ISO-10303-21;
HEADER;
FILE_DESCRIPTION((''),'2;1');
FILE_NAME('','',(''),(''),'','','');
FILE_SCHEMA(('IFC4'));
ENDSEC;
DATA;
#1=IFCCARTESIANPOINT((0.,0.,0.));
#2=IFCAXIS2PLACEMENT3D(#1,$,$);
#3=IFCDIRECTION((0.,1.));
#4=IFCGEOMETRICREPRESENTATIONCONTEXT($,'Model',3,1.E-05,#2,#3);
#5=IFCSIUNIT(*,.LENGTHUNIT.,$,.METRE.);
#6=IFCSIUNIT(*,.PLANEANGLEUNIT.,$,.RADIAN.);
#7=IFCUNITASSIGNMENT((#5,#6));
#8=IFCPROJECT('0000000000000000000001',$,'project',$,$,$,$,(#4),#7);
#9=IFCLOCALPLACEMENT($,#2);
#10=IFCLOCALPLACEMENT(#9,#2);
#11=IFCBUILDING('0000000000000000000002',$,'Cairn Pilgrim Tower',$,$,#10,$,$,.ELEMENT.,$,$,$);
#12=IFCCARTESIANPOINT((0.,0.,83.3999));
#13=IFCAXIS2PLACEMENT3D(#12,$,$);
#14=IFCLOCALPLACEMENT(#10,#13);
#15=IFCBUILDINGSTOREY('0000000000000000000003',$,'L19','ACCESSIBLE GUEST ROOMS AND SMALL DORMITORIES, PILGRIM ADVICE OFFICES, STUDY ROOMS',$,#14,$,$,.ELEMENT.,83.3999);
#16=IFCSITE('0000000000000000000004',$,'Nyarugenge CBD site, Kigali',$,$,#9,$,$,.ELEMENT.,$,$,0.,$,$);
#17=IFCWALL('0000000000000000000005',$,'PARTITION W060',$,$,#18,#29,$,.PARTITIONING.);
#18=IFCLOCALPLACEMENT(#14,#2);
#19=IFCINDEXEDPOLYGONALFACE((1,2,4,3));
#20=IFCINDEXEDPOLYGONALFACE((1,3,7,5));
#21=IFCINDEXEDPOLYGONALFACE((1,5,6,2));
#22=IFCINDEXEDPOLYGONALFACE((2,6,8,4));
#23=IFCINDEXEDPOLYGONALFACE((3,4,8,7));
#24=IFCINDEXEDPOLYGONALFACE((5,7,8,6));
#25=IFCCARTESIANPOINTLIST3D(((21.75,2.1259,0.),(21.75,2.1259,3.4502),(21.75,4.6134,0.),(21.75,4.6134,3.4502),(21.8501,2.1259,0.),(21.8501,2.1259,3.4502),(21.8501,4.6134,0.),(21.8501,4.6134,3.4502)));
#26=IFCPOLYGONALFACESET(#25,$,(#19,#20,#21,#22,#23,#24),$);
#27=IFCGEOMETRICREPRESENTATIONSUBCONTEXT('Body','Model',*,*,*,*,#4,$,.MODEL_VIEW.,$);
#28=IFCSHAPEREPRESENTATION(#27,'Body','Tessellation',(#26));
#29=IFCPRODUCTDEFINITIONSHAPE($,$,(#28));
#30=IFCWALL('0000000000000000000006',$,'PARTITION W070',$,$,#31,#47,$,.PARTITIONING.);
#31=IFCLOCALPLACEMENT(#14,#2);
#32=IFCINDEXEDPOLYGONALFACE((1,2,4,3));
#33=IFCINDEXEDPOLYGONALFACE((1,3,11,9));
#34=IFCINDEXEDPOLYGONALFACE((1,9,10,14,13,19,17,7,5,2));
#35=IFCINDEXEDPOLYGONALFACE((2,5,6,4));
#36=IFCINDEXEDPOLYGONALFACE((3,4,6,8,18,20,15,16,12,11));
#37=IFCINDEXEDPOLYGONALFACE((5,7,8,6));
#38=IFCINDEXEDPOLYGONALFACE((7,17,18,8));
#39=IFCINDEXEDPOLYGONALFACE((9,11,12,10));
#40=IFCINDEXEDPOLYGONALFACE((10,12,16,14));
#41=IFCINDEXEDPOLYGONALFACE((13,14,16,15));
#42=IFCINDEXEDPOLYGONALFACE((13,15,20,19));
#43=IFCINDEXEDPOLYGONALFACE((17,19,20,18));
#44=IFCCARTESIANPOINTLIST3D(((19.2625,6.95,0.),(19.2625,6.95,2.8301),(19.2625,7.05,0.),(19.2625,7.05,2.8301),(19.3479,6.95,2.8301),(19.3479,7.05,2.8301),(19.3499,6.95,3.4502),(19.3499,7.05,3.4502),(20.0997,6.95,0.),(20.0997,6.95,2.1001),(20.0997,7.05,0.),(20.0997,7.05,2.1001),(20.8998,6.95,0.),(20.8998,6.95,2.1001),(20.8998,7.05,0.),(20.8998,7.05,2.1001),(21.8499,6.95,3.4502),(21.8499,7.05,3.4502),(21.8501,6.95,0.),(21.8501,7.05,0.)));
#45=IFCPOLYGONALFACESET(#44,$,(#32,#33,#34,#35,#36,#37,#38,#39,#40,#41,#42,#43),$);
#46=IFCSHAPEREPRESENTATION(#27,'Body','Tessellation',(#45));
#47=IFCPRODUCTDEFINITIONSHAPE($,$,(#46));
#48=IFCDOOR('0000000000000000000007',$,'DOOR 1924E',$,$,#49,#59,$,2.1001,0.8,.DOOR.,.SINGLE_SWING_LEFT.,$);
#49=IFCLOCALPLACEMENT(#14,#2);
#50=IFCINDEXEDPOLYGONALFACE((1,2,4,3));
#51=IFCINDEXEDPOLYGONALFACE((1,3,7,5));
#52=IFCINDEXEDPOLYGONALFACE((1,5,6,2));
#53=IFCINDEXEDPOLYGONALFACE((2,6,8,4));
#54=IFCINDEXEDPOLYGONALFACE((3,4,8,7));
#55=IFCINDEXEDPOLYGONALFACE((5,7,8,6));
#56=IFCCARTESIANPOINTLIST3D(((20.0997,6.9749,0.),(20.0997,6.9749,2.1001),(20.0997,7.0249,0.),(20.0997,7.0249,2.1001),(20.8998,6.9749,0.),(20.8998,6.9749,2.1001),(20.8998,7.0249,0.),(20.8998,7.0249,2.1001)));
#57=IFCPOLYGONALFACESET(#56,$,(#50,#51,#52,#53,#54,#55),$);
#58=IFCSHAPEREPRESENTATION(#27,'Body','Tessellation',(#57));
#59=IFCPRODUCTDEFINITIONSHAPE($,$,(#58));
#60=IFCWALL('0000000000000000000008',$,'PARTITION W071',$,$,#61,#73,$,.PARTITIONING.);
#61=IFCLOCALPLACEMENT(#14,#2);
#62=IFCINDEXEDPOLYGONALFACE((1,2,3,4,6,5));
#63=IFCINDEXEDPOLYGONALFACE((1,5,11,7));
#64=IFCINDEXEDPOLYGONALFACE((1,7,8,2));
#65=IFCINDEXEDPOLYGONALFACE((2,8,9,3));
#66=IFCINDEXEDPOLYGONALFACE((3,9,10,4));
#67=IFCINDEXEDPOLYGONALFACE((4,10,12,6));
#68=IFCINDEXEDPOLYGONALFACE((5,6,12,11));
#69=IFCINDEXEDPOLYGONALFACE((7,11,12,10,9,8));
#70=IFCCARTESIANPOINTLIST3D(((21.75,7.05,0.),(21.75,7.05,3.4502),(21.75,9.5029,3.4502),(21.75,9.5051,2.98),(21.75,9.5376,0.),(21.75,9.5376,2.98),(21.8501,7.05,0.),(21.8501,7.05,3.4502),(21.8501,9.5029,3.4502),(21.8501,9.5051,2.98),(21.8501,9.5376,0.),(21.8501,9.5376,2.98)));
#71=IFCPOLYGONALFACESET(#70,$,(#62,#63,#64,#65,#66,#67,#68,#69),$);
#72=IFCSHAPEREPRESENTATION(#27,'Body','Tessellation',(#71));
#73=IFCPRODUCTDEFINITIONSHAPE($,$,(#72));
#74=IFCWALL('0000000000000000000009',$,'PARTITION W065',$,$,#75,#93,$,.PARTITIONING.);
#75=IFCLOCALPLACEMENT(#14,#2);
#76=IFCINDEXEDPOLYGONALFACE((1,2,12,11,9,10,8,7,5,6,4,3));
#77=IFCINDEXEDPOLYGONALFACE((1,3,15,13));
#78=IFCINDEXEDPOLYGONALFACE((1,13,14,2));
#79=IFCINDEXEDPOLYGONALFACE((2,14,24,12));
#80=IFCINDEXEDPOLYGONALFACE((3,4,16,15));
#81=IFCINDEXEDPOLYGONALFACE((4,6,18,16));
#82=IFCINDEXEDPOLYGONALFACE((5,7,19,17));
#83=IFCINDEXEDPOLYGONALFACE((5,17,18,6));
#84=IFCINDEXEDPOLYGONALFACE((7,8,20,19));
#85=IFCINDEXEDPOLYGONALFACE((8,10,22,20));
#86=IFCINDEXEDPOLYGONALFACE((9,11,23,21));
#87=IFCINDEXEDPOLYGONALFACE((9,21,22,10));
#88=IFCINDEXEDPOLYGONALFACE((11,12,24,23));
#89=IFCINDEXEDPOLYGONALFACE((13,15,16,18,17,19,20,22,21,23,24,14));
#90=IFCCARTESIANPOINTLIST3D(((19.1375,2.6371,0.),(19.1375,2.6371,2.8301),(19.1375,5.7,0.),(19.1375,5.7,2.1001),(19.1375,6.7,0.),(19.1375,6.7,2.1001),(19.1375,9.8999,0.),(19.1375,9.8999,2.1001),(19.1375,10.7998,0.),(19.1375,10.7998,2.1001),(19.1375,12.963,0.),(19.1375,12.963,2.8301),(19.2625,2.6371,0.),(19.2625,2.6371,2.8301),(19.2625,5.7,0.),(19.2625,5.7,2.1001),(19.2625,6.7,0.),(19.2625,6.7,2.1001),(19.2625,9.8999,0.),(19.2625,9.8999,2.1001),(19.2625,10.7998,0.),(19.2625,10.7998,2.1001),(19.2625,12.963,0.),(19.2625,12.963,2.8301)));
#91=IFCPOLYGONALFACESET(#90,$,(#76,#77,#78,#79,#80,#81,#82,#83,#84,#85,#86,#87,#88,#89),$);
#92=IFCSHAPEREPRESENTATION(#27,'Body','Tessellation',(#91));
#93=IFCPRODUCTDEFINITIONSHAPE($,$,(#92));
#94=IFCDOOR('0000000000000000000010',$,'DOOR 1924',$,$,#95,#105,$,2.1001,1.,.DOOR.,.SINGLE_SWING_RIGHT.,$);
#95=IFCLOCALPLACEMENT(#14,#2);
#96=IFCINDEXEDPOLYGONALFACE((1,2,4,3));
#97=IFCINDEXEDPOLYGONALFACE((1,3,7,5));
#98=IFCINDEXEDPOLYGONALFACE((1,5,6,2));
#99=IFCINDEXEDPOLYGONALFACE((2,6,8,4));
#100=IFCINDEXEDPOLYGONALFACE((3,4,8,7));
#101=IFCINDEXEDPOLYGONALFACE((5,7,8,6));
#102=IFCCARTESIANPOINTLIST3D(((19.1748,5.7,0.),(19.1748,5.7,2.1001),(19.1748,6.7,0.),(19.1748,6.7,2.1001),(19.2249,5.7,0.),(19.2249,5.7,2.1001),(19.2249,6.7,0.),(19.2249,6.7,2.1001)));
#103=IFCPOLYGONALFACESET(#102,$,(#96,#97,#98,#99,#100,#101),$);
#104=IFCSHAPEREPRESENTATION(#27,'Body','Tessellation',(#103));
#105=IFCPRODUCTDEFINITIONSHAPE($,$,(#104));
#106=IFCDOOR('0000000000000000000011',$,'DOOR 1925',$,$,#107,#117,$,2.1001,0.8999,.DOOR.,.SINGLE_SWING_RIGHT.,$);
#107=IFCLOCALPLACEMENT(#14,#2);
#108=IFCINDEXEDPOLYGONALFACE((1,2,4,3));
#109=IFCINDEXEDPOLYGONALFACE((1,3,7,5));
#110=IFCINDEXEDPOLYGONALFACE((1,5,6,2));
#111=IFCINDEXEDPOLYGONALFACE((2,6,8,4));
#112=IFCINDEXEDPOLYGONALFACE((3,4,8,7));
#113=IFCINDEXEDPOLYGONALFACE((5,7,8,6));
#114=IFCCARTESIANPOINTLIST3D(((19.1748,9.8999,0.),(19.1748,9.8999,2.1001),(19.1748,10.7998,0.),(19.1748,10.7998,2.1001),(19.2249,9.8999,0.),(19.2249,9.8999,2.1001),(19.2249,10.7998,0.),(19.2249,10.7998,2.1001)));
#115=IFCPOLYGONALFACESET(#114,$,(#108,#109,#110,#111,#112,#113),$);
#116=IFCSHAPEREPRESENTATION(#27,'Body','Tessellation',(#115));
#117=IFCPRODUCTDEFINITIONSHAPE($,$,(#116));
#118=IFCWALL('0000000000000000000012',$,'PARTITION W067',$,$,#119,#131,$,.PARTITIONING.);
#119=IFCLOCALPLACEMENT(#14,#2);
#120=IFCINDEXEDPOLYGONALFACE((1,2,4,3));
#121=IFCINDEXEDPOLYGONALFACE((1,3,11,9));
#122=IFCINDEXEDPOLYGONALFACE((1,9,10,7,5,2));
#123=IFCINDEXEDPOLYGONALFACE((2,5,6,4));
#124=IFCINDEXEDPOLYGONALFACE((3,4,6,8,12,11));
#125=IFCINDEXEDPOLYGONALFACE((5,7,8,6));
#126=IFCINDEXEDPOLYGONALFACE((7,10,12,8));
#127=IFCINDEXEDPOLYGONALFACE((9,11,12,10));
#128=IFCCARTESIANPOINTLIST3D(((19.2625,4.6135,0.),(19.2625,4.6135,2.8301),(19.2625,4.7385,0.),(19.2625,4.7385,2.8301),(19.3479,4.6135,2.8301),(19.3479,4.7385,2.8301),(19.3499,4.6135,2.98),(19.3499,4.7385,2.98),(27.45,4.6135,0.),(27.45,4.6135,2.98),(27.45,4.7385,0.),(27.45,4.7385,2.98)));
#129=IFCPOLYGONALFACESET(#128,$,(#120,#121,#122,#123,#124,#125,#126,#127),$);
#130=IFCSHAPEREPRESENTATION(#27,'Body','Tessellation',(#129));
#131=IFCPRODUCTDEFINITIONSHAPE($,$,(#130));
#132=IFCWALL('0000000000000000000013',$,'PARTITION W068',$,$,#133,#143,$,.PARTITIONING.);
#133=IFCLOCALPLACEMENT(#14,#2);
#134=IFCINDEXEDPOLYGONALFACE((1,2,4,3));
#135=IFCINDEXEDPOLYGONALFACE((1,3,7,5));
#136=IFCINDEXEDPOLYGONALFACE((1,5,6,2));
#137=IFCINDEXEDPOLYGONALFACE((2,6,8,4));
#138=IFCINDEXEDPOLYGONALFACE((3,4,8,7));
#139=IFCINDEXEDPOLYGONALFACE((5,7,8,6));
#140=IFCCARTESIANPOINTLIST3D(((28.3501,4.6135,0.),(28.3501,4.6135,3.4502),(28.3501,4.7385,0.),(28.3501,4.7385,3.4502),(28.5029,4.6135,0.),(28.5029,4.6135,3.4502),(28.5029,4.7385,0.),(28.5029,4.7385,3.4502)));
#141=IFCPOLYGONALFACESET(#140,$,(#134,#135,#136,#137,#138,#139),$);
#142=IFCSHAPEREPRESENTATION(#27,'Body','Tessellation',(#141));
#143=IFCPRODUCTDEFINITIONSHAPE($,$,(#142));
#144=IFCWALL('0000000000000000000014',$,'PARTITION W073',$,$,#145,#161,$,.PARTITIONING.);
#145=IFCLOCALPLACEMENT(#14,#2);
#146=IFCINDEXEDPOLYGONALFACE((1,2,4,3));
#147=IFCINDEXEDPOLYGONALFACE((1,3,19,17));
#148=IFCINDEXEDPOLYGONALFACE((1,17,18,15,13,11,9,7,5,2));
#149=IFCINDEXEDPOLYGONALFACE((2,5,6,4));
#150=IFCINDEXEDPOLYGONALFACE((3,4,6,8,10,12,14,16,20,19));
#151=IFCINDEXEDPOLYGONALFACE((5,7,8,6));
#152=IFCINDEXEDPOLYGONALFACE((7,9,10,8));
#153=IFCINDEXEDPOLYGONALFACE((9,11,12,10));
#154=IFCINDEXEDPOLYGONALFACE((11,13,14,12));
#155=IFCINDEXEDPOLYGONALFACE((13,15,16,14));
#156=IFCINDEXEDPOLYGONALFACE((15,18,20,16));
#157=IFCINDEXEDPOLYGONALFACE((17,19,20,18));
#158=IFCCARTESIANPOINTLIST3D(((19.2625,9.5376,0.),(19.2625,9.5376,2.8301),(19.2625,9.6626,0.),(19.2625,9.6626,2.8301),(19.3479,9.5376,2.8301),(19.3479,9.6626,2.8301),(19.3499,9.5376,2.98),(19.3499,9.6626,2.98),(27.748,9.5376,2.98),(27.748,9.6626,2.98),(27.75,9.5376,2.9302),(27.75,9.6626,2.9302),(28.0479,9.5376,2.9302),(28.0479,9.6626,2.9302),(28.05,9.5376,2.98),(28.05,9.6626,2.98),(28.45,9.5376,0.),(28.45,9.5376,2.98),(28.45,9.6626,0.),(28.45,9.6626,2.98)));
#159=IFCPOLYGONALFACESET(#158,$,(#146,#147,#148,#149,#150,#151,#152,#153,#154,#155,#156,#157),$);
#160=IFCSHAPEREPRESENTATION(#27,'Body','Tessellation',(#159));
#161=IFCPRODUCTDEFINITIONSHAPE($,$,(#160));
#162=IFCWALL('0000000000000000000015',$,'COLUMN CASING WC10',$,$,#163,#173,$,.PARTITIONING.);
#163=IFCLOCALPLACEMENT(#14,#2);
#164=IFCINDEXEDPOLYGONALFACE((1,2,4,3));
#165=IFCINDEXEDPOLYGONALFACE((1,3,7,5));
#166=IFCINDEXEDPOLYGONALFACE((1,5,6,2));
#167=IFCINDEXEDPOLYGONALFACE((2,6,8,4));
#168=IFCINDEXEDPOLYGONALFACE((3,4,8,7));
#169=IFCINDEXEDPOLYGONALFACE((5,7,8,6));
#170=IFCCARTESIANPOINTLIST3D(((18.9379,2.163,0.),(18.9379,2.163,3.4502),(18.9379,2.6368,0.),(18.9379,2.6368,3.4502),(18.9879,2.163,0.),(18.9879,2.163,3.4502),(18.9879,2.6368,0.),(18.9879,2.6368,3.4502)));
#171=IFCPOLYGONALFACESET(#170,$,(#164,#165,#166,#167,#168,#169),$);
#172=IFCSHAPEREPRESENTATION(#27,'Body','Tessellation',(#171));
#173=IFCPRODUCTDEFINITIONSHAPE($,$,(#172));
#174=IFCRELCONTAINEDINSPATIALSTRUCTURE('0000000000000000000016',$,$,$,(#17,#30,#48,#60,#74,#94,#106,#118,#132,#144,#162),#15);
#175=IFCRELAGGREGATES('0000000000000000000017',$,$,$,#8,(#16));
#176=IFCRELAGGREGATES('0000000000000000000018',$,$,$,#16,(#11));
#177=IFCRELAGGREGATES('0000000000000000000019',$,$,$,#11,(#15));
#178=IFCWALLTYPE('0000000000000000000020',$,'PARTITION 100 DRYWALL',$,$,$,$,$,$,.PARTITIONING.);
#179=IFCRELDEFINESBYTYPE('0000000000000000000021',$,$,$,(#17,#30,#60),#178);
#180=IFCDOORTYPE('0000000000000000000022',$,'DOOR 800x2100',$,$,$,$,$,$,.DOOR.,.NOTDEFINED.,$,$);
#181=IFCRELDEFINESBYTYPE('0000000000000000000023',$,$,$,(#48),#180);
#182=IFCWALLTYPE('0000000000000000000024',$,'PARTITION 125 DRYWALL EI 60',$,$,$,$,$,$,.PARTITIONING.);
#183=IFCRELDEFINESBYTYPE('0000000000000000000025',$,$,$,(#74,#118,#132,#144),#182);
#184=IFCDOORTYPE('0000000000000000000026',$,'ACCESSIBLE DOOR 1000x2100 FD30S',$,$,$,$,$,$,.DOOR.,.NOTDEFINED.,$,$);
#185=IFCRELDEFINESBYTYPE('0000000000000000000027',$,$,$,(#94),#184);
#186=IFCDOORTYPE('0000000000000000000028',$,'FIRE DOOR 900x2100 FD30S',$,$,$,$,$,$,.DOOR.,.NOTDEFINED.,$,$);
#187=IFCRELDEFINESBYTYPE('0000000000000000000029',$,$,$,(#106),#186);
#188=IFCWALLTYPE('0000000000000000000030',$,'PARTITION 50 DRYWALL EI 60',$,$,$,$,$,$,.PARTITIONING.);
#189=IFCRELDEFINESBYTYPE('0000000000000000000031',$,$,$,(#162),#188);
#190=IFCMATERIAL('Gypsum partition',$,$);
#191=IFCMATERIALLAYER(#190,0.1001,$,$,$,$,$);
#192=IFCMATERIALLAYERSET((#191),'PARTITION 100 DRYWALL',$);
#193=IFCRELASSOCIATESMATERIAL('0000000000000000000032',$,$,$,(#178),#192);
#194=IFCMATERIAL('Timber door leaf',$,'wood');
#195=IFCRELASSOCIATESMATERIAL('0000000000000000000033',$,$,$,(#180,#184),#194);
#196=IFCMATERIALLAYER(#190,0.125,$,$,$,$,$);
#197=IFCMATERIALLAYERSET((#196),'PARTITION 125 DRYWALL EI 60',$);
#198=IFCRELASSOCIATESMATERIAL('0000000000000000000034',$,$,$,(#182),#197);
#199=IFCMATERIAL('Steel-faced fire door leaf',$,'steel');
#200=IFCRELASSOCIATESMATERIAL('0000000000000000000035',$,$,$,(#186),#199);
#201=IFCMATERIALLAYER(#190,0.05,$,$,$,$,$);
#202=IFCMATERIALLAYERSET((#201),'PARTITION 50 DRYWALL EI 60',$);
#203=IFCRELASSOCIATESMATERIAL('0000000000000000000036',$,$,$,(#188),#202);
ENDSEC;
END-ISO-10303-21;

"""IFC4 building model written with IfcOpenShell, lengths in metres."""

from ifc_helpers import new_model, si_unit, direction, frame, frame_2d, origin, place, context, subcontext, project, spatial, polyline, rectangle, outline, extrude, material, layer, layer_set, type_object, element, fill, save


model = new_model("IFC4")

# Units and contexts
model_context = context("Model", 3, precision=1e-05, world=origin(), true_north=direction((0.0, 1.0)))
body_context = subcontext(model_context, "Body", "Model", "MODEL_VIEW")
ifc_project = project(units=[si_unit("LENGTHUNIT", "METRE"), si_unit("PLANEANGLEUNIT", "RADIAN")], contexts=[model_context])

# Site, building, storey
site_placement = place(None, origin())
site = spatial("IfcSite", under=ifc_project, at=site_placement, Name="Nyarugenge CBD site, Kigali", CompositionType="ELEMENT", RefElevation=0.0)
building_placement = place(site_placement, origin())
building = spatial("IfcBuilding", under=site, at=building_placement, Name="Cairn Pilgrim Tower", CompositionType="ELEMENT")
storey_placement = place(building_placement, frame((0.0, 0.0, 83.3999)))
storey = spatial("IfcBuildingStorey", under=building, at=storey_placement, Name="L19", Description="ACCESSIBLE GUEST ROOMS AND SMALL DORMITORIES, PILGRIM ADVICE OFFICES, STUDY ROOMS", CompositionType="ELEMENT", Elevation=83.3999)

# Shared definitions
ifc_material_1 = material(Name="Gypsum partition")
ifc_layer_1 = layer(ifc_material_1, 0.1001)
ifc_layer_set_1 = layer_set([ifc_layer_1], Name="PARTITION 100 DRYWALL")
wall_type_1 = type_object("IfcWallType", Name="PARTITION 100 DRYWALL", PredefinedType="PARTITIONING", material=ifc_layer_set_1)
ifc_material_2 = material(Name="Timber door leaf", Category="wood")
door_type_1 = type_object("IfcDoorType", Name="DOOR 800x2100", OperationType="NOTDEFINED", PredefinedType="DOOR", material=ifc_material_2)

# Wall
wall_1_placement = place(storey_placement, frame((21.8, 2.126, 0.0), z_axis=(0.0, 0.0, 1.0), x_axis=(0.0, 1.0, 0.0)))
element("IfcWall", 1, at=wall_1_placement, inside=storey, type_object=wall_type_1, Name="PARTITION W060", PredefinedType="PARTITIONING", context=body_context, shape_type="SweptSolid", body=[
    extrude(rectangle(XDim=2.4875, YDim=0.1001, at=frame_2d((1.2437, 0.0))), origin(), (0.0, 0.0, 1.0), 3.4502),
])

# Wall, opening, door
wall_2_placement = place(storey_placement, frame((19.2625, 7.0, 0.0), z_axis=(0.0, 0.0, 1.0), x_axis=(1.0, 0.0, 0.0)))
wall_2 = element("IfcWall", 2, at=wall_2_placement, inside=storey, type_object=wall_type_1, Name="PARTITION W070", PredefinedType="PARTITIONING", context=body_context, shape_type="SweptSolid", body=[
    extrude(outline(polyline([(0.0, 0.0), (2.5876, 0.0), (2.5874, 3.4502), (0.0874, 3.4502), (0.0854, 2.8301), (0.0, 2.8301), (0.0, 0.0)])), frame((0.0, 0.05, 0.0), z_axis=(0.0, -1.0, 0.0), x_axis=(1.0, 0.0, 0.0)), (0.0, 0.0, 1.0), 0.1001),
])
opening_1_placement = place(wall_2_placement, frame((0.8374, 0.0, 0.0)))
opening_1 = element("IfcOpeningElement", 3, at=opening_1_placement, cuts=wall_2, PredefinedType="OPENING", context=body_context, shape_type="SweptSolid", body=[
    extrude(rectangle(XDim=0.8, YDim=2.1001, at=frame_2d((0.3999, 1.05))), frame((0.0, 0.0601, 0.0), z_axis=(0.0, -1.0, 0.0), x_axis=(1.0, 0.0, 0.0)), (0.0, 0.0, 1.0), 0.1201),
])
door_1_placement = place(opening_1_placement, origin())
door_1 = element("IfcDoor", 4, at=door_1_placement, inside=storey, type_object=door_type_1, Name="DOOR 1924E", OperationType="SINGLE_SWING_LEFT", OverallHeight=2.1001, OverallWidth=0.8, PredefinedType="DOOR", context=body_context, shape_type="SweptSolid", body=[
    extrude(rectangle(XDim=0.8, YDim=2.1001, at=frame_2d((0.3999, 1.05))), frame((0.0, 0.0249, 0.0), z_axis=(0.0, -1.0, 0.0), x_axis=(1.0, 0.0, 0.0)), (0.0, 0.0, 1.0), 0.05),
])
fill(opening_1, door_1)

# Wall
wall_3_placement = place(storey_placement, frame((21.8, 7.05, 0.0), z_axis=(0.0, 0.0, 1.0), x_axis=(0.0, 1.0, 0.0)))
element("IfcWall", 5, at=wall_3_placement, inside=storey, type_object=wall_type_1, Name="PARTITION W071", PredefinedType="PARTITIONING", context=body_context, shape_type="SweptSolid", body=[
    extrude(outline(polyline([(0.0, 0.0), (2.4875, 0.0), (2.4875, 2.98), (2.4551, 2.98), (2.4529, 3.4502), (0.0, 3.4502), (0.0, 0.0)])), frame((0.0, 0.05, 0.0), z_axis=(0.0, -1.0, 0.0), x_axis=(1.0, 0.0, 0.0)), (0.0, 0.0, 1.0), 0.1001),
])

# Wall, openings, doors
ifc_layer_2 = layer(ifc_material_1, 0.125)
ifc_layer_set_2 = layer_set([ifc_layer_2], Name="PARTITION 125 DRYWALL EI 60")
wall_type_2 = type_object("IfcWallType", Name="PARTITION 125 DRYWALL EI 60", PredefinedType="PARTITIONING", material=ifc_layer_set_2)
wall_4_placement = place(storey_placement, frame((19.2, 2.637, 0.0), z_axis=(0.0, 0.0, 1.0), x_axis=(0.0, 1.0, 0.0)))
wall_4 = element("IfcWall", 6, at=wall_4_placement, inside=storey, type_object=wall_type_2, Name="PARTITION W065", PredefinedType="PARTITIONING", context=body_context, shape_type="SweptSolid", body=[
    extrude(rectangle(XDim=10.3259, YDim=0.125, at=frame_2d((5.1631, 0.0))), origin(), (0.0, 0.0, 1.0), 2.8301),
])
opening_2_placement = place(wall_4_placement, frame((3.063, 0.0, 0.0)))
opening_2 = element("IfcOpeningElement", 7, at=opening_2_placement, cuts=wall_4, PredefinedType="OPENING", context=body_context, shape_type="SweptSolid", body=[
    extrude(rectangle(XDim=1.0, YDim=2.1001, at=frame_2d((0.5, 1.05))), frame((0.0, 0.0725, 0.0), z_axis=(0.0, -1.0, 0.0), x_axis=(1.0, 0.0, 0.0)), (0.0, 0.0, 1.0), 0.145),
])
opening_3_placement = place(wall_4_placement, frame((7.2629, 0.0, 0.0)))
opening_3 = element("IfcOpeningElement", 8, at=opening_3_placement, cuts=wall_4, PredefinedType="OPENING", context=body_context, shape_type="SweptSolid", body=[
    extrude(rectangle(XDim=0.8999, YDim=2.1001, at=frame_2d((0.45, 1.05))), frame((0.0, 0.0725, 0.0), z_axis=(0.0, -1.0, 0.0), x_axis=(1.0, 0.0, 0.0)), (0.0, 0.0, 1.0), 0.145),
])
door_type_2 = type_object("IfcDoorType", Name="ACCESSIBLE DOOR 1000x2100 FD30S", OperationType="NOTDEFINED", PredefinedType="DOOR", material=ifc_material_2)
door_2_placement = place(opening_2_placement, frame((1.0, 0.0, 0.0), z_axis=(0.0, 0.0, 1.0), x_axis=(-1.0, 0.0, 0.0)))
door_2 = element("IfcDoor", 9, at=door_2_placement, inside=storey, type_object=door_type_2, Name="DOOR 1924", OperationType="SINGLE_SWING_RIGHT", OverallHeight=2.1001, OverallWidth=1.0, PredefinedType="DOOR", context=body_context, shape_type="SweptSolid", body=[
    extrude(rectangle(XDim=1.0, YDim=2.1001, at=frame_2d((0.5, 1.05))), frame((0.0, 0.0249, 0.0), z_axis=(0.0, -1.0, 0.0), x_axis=(1.0, 0.0, 0.0)), (0.0, 0.0, 1.0), 0.05),
])
fill(opening_2, door_2)
ifc_material_3 = material(Name="Steel-faced fire door leaf", Category="steel")
door_type_3 = type_object("IfcDoorType", Name="FIRE DOOR 900x2100 FD30S", OperationType="NOTDEFINED", PredefinedType="DOOR", material=ifc_material_3)
door_3_placement = place(opening_3_placement, frame((0.8999, 0.0, 0.0), z_axis=(0.0, 0.0, 1.0), x_axis=(-1.0, 0.0, 0.0)))
door_3 = element("IfcDoor", 10, at=door_3_placement, inside=storey, type_object=door_type_3, Name="DOOR 1925", OperationType="SINGLE_SWING_RIGHT", OverallHeight=2.1001, OverallWidth=0.8999, PredefinedType="DOOR", context=body_context, shape_type="SweptSolid", body=[
    extrude(rectangle(XDim=0.8999, YDim=2.1001, at=frame_2d((0.45, 1.05))), frame((0.0, 0.0249, 0.0), z_axis=(0.0, -1.0, 0.0), x_axis=(1.0, 0.0, 0.0)), (0.0, 0.0, 1.0), 0.05),
])
fill(opening_3, door_3)

# Walls
wall_5_placement = place(storey_placement, frame((19.2625, 4.676, 0.0), z_axis=(0.0, 0.0, 1.0), x_axis=(1.0, 0.0, 0.0)))
element("IfcWall", 11, at=wall_5_placement, inside=storey, type_object=wall_type_2, Name="PARTITION W067", PredefinedType="PARTITIONING", context=body_context, shape_type="SweptSolid", body=[
    extrude(outline(polyline([(0.0, 0.0), (8.1875, 0.0), (8.1875, 2.98), (0.0874, 2.98), (0.0854, 2.8301), (0.0, 2.8301), (0.0, 0.0)])), frame((0.0, 0.0625, 0.0), z_axis=(0.0, -1.0, 0.0), x_axis=(1.0, 0.0, 0.0)), (0.0, 0.0, 1.0), 0.125),
])
wall_6_placement = place(storey_placement, frame((28.3501, 4.676, 0.0), z_axis=(0.0, 0.0, 1.0), x_axis=(1.0, 0.0, 0.0)))
element("IfcWall", 12, at=wall_6_placement, inside=storey, type_object=wall_type_2, Name="PARTITION W068", PredefinedType="PARTITIONING", context=body_context, shape_type="SweptSolid", body=[
    extrude(rectangle(XDim=0.1528, YDim=0.125, at=frame_2d((0.0764, 0.0))), origin(), (0.0, 0.0, 1.0), 3.4502),
])
wall_7_placement = place(storey_placement, frame((19.2625, 9.6001, 0.0), z_axis=(0.0, 0.0, 1.0), x_axis=(1.0, 0.0, 0.0)))
element("IfcWall", 13, at=wall_7_placement, inside=storey, type_object=wall_type_2, Name="PARTITION W073", PredefinedType="PARTITIONING", context=body_context, shape_type="SweptSolid", body=[
    extrude(outline(polyline([(0.0, 0.0), (9.1875, 0.0), (9.1875, 2.98), (8.7876, 2.98), (8.7854, 2.9302), (8.4875, 2.9302), (8.4856, 2.98), (0.0874, 2.98), (0.0854, 2.8301), (0.0, 2.8301), (0.0, 0.0)])), frame((0.0, 0.0625, 0.0), z_axis=(0.0, -1.0, 0.0), x_axis=(1.0, 0.0, 0.0)), (0.0, 0.0, 1.0), 0.125),
])
ifc_layer_3 = layer(ifc_material_1, 0.05)
ifc_layer_set_3 = layer_set([ifc_layer_3], Name="PARTITION 50 DRYWALL EI 60")
wall_type_3 = type_object("IfcWallType", Name="PARTITION 50 DRYWALL EI 60", PredefinedType="PARTITIONING", material=ifc_layer_set_3)
wall_8_placement = place(storey_placement, frame((18.9629, 2.1631, 0.0), z_axis=(0.0, 0.0, 1.0), x_axis=(0.0, 1.0, 0.0)))
element("IfcWall", 14, at=wall_8_placement, inside=storey, type_object=wall_type_3, Name="COLUMN CASING WC10", PredefinedType="PARTITIONING", context=body_context, shape_type="SweptSolid", body=[
    extrude(rectangle(XDim=0.4739, YDim=0.05, at=frame_2d((0.2368, 0.0))), origin(), (0.0, 0.0, 1.0), 3.4502),
])

save(model, "model.ifc")
